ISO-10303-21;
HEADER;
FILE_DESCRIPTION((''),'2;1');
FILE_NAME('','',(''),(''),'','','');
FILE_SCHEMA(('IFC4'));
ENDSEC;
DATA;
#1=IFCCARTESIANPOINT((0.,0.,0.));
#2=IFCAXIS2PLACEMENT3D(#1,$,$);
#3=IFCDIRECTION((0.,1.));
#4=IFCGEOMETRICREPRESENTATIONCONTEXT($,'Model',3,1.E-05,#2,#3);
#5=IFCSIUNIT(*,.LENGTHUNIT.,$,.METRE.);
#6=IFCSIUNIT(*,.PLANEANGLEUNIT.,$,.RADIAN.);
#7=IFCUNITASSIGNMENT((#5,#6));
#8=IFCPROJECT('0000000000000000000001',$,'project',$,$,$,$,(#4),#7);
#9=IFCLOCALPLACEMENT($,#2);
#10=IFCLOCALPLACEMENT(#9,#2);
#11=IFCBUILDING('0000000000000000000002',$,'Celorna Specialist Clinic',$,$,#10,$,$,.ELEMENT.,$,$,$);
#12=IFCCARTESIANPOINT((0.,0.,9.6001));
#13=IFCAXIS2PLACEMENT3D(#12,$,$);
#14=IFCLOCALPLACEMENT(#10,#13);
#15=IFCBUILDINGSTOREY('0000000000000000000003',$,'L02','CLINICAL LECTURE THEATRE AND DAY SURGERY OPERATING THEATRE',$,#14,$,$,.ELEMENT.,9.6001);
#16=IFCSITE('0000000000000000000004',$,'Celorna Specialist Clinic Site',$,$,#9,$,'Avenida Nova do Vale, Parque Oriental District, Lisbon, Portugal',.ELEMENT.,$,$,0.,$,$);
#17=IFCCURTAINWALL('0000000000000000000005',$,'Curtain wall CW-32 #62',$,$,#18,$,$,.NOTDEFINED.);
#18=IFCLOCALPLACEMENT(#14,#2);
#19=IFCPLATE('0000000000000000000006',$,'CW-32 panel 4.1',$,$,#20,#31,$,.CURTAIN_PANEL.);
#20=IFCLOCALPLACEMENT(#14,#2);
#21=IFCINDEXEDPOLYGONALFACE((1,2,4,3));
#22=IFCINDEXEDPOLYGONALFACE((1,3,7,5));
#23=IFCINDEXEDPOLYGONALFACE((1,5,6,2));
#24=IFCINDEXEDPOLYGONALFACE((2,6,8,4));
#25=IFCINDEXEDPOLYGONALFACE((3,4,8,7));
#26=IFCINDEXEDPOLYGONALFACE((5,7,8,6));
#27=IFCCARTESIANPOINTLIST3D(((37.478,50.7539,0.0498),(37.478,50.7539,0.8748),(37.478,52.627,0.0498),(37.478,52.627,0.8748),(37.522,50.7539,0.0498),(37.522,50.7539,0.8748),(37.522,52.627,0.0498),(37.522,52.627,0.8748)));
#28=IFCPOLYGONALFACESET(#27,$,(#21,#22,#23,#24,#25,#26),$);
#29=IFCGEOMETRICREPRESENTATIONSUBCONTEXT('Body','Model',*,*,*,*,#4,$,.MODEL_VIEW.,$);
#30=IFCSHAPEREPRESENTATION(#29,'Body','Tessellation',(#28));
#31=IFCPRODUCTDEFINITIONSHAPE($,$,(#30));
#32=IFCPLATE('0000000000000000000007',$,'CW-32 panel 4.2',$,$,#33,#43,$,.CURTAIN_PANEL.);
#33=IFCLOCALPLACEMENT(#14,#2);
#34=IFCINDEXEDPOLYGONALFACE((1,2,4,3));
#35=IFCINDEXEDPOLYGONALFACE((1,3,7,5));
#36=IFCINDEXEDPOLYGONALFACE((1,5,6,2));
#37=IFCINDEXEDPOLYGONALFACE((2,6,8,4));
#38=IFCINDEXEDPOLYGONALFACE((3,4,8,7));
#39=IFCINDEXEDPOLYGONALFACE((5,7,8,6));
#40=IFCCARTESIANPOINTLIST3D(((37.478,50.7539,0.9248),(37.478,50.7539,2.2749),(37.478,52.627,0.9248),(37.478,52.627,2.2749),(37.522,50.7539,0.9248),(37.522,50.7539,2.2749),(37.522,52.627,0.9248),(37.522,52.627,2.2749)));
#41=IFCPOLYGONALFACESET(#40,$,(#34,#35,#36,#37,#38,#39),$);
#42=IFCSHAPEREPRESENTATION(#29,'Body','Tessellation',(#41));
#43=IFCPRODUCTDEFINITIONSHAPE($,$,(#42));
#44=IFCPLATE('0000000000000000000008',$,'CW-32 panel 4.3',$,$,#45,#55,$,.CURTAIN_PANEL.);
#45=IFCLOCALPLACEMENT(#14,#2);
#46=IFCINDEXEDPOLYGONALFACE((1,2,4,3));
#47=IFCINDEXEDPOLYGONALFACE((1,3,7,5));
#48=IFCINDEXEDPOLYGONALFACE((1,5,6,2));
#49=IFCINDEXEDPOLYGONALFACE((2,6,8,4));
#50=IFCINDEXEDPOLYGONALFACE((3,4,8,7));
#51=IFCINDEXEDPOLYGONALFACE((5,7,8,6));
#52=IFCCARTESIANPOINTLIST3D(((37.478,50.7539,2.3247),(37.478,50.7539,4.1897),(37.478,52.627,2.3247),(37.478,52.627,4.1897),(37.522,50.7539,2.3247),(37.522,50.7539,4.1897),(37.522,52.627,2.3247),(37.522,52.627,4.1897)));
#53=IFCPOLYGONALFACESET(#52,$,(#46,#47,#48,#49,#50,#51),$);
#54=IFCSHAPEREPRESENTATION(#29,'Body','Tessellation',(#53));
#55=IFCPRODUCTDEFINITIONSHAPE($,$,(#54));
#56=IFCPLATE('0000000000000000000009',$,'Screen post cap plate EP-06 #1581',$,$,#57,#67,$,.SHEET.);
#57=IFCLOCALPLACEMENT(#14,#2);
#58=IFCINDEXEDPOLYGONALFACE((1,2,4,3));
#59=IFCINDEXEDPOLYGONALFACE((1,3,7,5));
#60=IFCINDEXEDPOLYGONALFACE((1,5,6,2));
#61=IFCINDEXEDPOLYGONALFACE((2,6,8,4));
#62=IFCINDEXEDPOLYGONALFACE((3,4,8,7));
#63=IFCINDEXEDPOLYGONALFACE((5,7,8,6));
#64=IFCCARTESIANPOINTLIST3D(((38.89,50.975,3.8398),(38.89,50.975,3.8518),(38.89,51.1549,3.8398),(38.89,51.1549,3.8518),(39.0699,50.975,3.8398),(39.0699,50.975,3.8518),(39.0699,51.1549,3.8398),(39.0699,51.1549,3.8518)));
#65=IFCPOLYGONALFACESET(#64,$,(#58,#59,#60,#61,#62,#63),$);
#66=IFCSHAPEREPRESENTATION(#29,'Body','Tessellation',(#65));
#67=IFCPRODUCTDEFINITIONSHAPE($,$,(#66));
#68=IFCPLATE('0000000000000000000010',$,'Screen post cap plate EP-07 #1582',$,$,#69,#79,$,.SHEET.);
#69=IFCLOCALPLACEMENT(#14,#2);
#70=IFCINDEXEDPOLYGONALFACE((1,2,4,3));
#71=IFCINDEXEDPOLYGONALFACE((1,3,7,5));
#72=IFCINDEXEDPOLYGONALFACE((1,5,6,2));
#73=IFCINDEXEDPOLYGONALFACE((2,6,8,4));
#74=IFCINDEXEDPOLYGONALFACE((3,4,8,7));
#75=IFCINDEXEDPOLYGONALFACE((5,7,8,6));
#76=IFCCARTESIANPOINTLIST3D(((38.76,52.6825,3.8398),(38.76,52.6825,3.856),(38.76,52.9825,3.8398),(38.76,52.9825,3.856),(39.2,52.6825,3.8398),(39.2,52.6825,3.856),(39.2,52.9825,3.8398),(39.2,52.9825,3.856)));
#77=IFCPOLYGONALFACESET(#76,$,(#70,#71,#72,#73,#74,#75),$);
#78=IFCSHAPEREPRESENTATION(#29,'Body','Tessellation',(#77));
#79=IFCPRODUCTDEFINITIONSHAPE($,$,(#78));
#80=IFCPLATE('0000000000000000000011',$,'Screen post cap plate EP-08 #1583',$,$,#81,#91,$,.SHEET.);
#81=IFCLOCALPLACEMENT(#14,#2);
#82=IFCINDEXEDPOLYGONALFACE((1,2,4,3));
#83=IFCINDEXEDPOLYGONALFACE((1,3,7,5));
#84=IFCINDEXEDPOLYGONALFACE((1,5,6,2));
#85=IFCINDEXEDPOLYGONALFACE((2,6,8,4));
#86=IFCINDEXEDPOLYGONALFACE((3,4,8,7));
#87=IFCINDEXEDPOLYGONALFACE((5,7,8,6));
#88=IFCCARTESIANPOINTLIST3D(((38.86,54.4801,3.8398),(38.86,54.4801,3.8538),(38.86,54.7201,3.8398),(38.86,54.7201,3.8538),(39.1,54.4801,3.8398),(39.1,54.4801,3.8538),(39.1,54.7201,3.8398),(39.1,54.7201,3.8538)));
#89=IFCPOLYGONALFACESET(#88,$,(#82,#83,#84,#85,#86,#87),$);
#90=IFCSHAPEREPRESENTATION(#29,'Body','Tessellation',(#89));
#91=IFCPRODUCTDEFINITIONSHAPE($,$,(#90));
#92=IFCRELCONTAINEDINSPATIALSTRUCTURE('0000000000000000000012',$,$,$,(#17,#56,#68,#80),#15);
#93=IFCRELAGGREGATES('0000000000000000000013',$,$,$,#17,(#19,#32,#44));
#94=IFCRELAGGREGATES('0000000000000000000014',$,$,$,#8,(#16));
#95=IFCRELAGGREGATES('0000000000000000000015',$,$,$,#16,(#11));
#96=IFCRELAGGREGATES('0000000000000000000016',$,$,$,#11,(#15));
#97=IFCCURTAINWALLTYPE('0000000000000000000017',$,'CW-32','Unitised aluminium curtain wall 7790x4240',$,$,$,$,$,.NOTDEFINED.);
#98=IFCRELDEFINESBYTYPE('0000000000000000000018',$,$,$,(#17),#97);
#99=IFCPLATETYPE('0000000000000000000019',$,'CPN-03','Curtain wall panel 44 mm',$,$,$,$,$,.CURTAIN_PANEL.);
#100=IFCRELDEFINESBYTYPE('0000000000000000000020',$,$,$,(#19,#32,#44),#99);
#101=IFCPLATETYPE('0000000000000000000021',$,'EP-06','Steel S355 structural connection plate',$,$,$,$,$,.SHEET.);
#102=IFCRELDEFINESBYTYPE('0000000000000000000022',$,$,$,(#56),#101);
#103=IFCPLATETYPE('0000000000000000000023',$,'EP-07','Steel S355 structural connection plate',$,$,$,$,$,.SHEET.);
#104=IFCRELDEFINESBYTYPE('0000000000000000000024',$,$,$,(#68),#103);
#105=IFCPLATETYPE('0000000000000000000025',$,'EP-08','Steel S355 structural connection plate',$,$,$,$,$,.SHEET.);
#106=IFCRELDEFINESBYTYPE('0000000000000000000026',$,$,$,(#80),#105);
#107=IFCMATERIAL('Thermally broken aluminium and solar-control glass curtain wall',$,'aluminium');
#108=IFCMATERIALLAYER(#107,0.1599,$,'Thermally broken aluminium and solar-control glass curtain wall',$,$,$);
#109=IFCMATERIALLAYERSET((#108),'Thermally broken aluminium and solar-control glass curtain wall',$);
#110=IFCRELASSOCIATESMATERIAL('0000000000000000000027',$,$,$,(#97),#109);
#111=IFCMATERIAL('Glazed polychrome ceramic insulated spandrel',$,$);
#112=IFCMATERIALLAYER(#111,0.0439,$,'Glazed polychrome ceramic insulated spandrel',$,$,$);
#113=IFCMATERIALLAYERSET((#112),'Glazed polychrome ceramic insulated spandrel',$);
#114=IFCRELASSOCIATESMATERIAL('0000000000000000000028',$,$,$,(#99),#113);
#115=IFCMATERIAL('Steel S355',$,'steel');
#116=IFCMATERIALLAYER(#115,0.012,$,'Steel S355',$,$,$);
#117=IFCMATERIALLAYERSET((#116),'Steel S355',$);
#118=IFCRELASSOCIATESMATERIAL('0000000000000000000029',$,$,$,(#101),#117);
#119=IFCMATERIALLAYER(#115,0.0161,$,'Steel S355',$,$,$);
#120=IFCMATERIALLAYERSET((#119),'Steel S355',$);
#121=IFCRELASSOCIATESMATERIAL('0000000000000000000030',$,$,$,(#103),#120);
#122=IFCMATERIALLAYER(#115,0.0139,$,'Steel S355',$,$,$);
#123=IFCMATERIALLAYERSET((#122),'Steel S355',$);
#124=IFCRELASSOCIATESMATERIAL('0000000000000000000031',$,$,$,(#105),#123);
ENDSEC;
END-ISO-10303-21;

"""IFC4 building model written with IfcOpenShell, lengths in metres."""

from ifc_helpers import new_model, si_unit, direction, frame, origin, origin_2d, place, context, subcontext, project, spatial, rectangle, extrude, material, layer, layer_set, type_object, element, aggregate, save


model = new_model("IFC4")

# Units and contexts
model_context = context("Model", 3, precision=1e-05, world=origin(), true_north=direction((0.0, 1.0)))
body_context = subcontext(model_context, "Body", "Model", "MODEL_VIEW")
ifc_project = project(units=[si_unit("LENGTHUNIT", "METRE"), si_unit("PLANEANGLEUNIT", "RADIAN")], contexts=[model_context])

# Site, building, storey
site_placement = place(None, origin())
site = spatial("IfcSite", under=ifc_project, at=site_placement, Name="Celorna Specialist Clinic Site", LongName="Avenida Nova do Vale, Parque Oriental District, Lisbon, Portugal", CompositionType="ELEMENT", RefElevation=0.0)
building_placement = place(site_placement, origin())
building = spatial("IfcBuilding", under=site, at=building_placement, Name="Celorna Specialist Clinic", CompositionType="ELEMENT")
storey_placement = place(building_placement, frame((0.0, 0.0, 9.6001)))
storey = spatial("IfcBuildingStorey", under=building, at=storey_placement, Name="L02", Description="CLINICAL LECTURE THEATRE AND DAY SURGERY OPERATING THEATRE", CompositionType="ELEMENT", Elevation=9.6001)

# Shared definitions
ifc_material_1 = material(Name="Steel S355", Category="steel")

# Curtain wall, plates
ifc_material_2 = material(Name="Thermally broken aluminium and solar-control glass curtain wall", Category="aluminium")
ifc_layer_1 = layer(ifc_material_2, 0.1599, Name="Thermally broken aluminium and solar-control glass curtain wall")
ifc_layer_set_1 = layer_set([ifc_layer_1], Name="Thermally broken aluminium and solar-control glass curtain wall")
curtain_wall_type = type_object("IfcCurtainWallType", Name="CW-32", Description="Unitised aluminium curtain wall 7790x4240", PredefinedType="NOTDEFINED", material=ifc_layer_set_1)
curtain_wall_placement = place(storey_placement, origin())
curtain_wall = element("IfcCurtainWall", 1, at=curtain_wall_placement, inside=storey, type_object=curtain_wall_type, Name="Curtain wall CW-32 #62", PredefinedType="NOTDEFINED")
ifc_material_3 = material(Name="Glazed polychrome ceramic insulated spandrel")
ifc_layer_2 = layer(ifc_material_3, 0.0439, Name="Glazed polychrome ceramic insulated spandrel")
ifc_layer_set_2 = layer_set([ifc_layer_2], Name="Glazed polychrome ceramic insulated spandrel")
plate_type_1 = type_object("IfcPlateType", Name="CPN-03", Description="Curtain wall panel 44 mm", PredefinedType="CURTAIN_PANEL", material=ifc_layer_set_2)
plate_1_placement = place(storey_placement, frame((37.5, 51.6904, 0.0498), z_axis=(0.0, 0.0, 1.0), x_axis=(0.0, -1.0, 0.0)))
plate_1 = element("IfcPlate", 2, at=plate_1_placement, type_object=plate_type_1, Name="CW-32 panel 4.1", PredefinedType="CURTAIN_PANEL", context=body_context, shape_type="SweptSolid", body=[
    extrude(rectangle(XDim=1.873, YDim=0.0439, at=origin_2d()), origin(), (0.0, 0.0, 1.0), 0.825),
])
plate_2_placement = place(storey_placement, frame((37.5, 51.6904, 0.9248), z_axis=(0.0, 0.0, 1.0), x_axis=(0.0, -1.0, 0.0)))
plate_2 = element("IfcPlate", 3, at=plate_2_placement, type_object=plate_type_1, Name="CW-32 panel 4.2", PredefinedType="CURTAIN_PANEL", context=body_context, shape_type="SweptSolid", body=[
    extrude(rectangle(XDim=1.873, YDim=0.0439, at=origin_2d()), origin(), (0.0, 0.0, 1.0), 1.3501),
])
plate_3_placement = place(storey_placement, frame((37.5, 51.6904, 2.3247), z_axis=(0.0, 0.0, 1.0), x_axis=(0.0, -1.0, 0.0)))
plate_3 = element("IfcPlate", 4, at=plate_3_placement, type_object=plate_type_1, Name="CW-32 panel 4.3", PredefinedType="CURTAIN_PANEL", context=body_context, shape_type="SweptSolid", body=[
    extrude(rectangle(XDim=1.873, YDim=0.0439, at=origin_2d()), origin(), (0.0, 0.0, 1.0), 1.865),
])
aggregate(curtain_wall, [plate_1, plate_2, plate_3])

# Plates
ifc_layer_3 = layer(ifc_material_1, 0.012, Name="Steel S355")
ifc_layer_set_3 = layer_set([ifc_layer_3], Name="Steel S355")
plate_type_2 = type_object("IfcPlateType", Name="EP-06", Description="Steel S355 structural connection plate", PredefinedType="SHEET", material=ifc_layer_set_3)
plate_4_placement = place(storey_placement, frame((38.98, 51.0649, 3.8398), z_axis=(0.0, 0.0, 1.0), x_axis=(0.0, 1.0, 0.0)))
element("IfcPlate", 5, at=plate_4_placement, inside=storey, type_object=plate_type_2, Name="Screen post cap plate EP-06 #1581", PredefinedType="SHEET", context=body_context, shape_type="SweptSolid", body=[
    extrude(rectangle(XDim=0.1799, YDim=0.1799, at=origin_2d()), origin(), (0.0, 0.0, 1.0), 0.012),
])
ifc_layer_4 = layer(ifc_material_1, 0.0161, Name="Steel S355")
ifc_layer_set_4 = layer_set([ifc_layer_4], Name="Steel S355")
plate_type_3 = type_object("IfcPlateType", Name="EP-07", Description="Steel S355 structural connection plate", PredefinedType="SHEET", material=ifc_layer_set_4)
plate_5_placement = place(storey_placement, frame((38.98, 52.8325, 3.8398), z_axis=(0.0, 0.0, 1.0), x_axis=(0.0, 1.0, 0.0)))
element("IfcPlate", 6, at=plate_5_placement, inside=storey, type_object=plate_type_3, Name="Screen post cap plate EP-07 #1582", PredefinedType="SHEET", context=body_context, shape_type="SweptSolid", body=[
    extrude(rectangle(XDim=0.3, YDim=0.4399, at=origin_2d()), origin(), (0.0, 0.0, 1.0), 0.0161),
])
ifc_layer_5 = layer(ifc_material_1, 0.0139, Name="Steel S355")
ifc_layer_set_5 = layer_set([ifc_layer_5], Name="Steel S355")
plate_type_4 = type_object("IfcPlateType", Name="EP-08", Description="Steel S355 structural connection plate", PredefinedType="SHEET", material=ifc_layer_set_5)
plate_6_placement = place(storey_placement, frame((38.98, 54.6001, 3.8398), z_axis=(0.0, 0.0, 1.0), x_axis=(0.0, 1.0, 0.0)))
element("IfcPlate", 7, at=plate_6_placement, inside=storey, type_object=plate_type_4, Name="Screen post cap plate EP-08 #1583", PredefinedType="SHEET", context=body_context, shape_type="SweptSolid", body=[
    extrude(rectangle(XDim=0.24, YDim=0.24, at=origin_2d()), origin(), (0.0, 0.0, 1.0), 0.0139),
])

save(model, "model.ifc")
